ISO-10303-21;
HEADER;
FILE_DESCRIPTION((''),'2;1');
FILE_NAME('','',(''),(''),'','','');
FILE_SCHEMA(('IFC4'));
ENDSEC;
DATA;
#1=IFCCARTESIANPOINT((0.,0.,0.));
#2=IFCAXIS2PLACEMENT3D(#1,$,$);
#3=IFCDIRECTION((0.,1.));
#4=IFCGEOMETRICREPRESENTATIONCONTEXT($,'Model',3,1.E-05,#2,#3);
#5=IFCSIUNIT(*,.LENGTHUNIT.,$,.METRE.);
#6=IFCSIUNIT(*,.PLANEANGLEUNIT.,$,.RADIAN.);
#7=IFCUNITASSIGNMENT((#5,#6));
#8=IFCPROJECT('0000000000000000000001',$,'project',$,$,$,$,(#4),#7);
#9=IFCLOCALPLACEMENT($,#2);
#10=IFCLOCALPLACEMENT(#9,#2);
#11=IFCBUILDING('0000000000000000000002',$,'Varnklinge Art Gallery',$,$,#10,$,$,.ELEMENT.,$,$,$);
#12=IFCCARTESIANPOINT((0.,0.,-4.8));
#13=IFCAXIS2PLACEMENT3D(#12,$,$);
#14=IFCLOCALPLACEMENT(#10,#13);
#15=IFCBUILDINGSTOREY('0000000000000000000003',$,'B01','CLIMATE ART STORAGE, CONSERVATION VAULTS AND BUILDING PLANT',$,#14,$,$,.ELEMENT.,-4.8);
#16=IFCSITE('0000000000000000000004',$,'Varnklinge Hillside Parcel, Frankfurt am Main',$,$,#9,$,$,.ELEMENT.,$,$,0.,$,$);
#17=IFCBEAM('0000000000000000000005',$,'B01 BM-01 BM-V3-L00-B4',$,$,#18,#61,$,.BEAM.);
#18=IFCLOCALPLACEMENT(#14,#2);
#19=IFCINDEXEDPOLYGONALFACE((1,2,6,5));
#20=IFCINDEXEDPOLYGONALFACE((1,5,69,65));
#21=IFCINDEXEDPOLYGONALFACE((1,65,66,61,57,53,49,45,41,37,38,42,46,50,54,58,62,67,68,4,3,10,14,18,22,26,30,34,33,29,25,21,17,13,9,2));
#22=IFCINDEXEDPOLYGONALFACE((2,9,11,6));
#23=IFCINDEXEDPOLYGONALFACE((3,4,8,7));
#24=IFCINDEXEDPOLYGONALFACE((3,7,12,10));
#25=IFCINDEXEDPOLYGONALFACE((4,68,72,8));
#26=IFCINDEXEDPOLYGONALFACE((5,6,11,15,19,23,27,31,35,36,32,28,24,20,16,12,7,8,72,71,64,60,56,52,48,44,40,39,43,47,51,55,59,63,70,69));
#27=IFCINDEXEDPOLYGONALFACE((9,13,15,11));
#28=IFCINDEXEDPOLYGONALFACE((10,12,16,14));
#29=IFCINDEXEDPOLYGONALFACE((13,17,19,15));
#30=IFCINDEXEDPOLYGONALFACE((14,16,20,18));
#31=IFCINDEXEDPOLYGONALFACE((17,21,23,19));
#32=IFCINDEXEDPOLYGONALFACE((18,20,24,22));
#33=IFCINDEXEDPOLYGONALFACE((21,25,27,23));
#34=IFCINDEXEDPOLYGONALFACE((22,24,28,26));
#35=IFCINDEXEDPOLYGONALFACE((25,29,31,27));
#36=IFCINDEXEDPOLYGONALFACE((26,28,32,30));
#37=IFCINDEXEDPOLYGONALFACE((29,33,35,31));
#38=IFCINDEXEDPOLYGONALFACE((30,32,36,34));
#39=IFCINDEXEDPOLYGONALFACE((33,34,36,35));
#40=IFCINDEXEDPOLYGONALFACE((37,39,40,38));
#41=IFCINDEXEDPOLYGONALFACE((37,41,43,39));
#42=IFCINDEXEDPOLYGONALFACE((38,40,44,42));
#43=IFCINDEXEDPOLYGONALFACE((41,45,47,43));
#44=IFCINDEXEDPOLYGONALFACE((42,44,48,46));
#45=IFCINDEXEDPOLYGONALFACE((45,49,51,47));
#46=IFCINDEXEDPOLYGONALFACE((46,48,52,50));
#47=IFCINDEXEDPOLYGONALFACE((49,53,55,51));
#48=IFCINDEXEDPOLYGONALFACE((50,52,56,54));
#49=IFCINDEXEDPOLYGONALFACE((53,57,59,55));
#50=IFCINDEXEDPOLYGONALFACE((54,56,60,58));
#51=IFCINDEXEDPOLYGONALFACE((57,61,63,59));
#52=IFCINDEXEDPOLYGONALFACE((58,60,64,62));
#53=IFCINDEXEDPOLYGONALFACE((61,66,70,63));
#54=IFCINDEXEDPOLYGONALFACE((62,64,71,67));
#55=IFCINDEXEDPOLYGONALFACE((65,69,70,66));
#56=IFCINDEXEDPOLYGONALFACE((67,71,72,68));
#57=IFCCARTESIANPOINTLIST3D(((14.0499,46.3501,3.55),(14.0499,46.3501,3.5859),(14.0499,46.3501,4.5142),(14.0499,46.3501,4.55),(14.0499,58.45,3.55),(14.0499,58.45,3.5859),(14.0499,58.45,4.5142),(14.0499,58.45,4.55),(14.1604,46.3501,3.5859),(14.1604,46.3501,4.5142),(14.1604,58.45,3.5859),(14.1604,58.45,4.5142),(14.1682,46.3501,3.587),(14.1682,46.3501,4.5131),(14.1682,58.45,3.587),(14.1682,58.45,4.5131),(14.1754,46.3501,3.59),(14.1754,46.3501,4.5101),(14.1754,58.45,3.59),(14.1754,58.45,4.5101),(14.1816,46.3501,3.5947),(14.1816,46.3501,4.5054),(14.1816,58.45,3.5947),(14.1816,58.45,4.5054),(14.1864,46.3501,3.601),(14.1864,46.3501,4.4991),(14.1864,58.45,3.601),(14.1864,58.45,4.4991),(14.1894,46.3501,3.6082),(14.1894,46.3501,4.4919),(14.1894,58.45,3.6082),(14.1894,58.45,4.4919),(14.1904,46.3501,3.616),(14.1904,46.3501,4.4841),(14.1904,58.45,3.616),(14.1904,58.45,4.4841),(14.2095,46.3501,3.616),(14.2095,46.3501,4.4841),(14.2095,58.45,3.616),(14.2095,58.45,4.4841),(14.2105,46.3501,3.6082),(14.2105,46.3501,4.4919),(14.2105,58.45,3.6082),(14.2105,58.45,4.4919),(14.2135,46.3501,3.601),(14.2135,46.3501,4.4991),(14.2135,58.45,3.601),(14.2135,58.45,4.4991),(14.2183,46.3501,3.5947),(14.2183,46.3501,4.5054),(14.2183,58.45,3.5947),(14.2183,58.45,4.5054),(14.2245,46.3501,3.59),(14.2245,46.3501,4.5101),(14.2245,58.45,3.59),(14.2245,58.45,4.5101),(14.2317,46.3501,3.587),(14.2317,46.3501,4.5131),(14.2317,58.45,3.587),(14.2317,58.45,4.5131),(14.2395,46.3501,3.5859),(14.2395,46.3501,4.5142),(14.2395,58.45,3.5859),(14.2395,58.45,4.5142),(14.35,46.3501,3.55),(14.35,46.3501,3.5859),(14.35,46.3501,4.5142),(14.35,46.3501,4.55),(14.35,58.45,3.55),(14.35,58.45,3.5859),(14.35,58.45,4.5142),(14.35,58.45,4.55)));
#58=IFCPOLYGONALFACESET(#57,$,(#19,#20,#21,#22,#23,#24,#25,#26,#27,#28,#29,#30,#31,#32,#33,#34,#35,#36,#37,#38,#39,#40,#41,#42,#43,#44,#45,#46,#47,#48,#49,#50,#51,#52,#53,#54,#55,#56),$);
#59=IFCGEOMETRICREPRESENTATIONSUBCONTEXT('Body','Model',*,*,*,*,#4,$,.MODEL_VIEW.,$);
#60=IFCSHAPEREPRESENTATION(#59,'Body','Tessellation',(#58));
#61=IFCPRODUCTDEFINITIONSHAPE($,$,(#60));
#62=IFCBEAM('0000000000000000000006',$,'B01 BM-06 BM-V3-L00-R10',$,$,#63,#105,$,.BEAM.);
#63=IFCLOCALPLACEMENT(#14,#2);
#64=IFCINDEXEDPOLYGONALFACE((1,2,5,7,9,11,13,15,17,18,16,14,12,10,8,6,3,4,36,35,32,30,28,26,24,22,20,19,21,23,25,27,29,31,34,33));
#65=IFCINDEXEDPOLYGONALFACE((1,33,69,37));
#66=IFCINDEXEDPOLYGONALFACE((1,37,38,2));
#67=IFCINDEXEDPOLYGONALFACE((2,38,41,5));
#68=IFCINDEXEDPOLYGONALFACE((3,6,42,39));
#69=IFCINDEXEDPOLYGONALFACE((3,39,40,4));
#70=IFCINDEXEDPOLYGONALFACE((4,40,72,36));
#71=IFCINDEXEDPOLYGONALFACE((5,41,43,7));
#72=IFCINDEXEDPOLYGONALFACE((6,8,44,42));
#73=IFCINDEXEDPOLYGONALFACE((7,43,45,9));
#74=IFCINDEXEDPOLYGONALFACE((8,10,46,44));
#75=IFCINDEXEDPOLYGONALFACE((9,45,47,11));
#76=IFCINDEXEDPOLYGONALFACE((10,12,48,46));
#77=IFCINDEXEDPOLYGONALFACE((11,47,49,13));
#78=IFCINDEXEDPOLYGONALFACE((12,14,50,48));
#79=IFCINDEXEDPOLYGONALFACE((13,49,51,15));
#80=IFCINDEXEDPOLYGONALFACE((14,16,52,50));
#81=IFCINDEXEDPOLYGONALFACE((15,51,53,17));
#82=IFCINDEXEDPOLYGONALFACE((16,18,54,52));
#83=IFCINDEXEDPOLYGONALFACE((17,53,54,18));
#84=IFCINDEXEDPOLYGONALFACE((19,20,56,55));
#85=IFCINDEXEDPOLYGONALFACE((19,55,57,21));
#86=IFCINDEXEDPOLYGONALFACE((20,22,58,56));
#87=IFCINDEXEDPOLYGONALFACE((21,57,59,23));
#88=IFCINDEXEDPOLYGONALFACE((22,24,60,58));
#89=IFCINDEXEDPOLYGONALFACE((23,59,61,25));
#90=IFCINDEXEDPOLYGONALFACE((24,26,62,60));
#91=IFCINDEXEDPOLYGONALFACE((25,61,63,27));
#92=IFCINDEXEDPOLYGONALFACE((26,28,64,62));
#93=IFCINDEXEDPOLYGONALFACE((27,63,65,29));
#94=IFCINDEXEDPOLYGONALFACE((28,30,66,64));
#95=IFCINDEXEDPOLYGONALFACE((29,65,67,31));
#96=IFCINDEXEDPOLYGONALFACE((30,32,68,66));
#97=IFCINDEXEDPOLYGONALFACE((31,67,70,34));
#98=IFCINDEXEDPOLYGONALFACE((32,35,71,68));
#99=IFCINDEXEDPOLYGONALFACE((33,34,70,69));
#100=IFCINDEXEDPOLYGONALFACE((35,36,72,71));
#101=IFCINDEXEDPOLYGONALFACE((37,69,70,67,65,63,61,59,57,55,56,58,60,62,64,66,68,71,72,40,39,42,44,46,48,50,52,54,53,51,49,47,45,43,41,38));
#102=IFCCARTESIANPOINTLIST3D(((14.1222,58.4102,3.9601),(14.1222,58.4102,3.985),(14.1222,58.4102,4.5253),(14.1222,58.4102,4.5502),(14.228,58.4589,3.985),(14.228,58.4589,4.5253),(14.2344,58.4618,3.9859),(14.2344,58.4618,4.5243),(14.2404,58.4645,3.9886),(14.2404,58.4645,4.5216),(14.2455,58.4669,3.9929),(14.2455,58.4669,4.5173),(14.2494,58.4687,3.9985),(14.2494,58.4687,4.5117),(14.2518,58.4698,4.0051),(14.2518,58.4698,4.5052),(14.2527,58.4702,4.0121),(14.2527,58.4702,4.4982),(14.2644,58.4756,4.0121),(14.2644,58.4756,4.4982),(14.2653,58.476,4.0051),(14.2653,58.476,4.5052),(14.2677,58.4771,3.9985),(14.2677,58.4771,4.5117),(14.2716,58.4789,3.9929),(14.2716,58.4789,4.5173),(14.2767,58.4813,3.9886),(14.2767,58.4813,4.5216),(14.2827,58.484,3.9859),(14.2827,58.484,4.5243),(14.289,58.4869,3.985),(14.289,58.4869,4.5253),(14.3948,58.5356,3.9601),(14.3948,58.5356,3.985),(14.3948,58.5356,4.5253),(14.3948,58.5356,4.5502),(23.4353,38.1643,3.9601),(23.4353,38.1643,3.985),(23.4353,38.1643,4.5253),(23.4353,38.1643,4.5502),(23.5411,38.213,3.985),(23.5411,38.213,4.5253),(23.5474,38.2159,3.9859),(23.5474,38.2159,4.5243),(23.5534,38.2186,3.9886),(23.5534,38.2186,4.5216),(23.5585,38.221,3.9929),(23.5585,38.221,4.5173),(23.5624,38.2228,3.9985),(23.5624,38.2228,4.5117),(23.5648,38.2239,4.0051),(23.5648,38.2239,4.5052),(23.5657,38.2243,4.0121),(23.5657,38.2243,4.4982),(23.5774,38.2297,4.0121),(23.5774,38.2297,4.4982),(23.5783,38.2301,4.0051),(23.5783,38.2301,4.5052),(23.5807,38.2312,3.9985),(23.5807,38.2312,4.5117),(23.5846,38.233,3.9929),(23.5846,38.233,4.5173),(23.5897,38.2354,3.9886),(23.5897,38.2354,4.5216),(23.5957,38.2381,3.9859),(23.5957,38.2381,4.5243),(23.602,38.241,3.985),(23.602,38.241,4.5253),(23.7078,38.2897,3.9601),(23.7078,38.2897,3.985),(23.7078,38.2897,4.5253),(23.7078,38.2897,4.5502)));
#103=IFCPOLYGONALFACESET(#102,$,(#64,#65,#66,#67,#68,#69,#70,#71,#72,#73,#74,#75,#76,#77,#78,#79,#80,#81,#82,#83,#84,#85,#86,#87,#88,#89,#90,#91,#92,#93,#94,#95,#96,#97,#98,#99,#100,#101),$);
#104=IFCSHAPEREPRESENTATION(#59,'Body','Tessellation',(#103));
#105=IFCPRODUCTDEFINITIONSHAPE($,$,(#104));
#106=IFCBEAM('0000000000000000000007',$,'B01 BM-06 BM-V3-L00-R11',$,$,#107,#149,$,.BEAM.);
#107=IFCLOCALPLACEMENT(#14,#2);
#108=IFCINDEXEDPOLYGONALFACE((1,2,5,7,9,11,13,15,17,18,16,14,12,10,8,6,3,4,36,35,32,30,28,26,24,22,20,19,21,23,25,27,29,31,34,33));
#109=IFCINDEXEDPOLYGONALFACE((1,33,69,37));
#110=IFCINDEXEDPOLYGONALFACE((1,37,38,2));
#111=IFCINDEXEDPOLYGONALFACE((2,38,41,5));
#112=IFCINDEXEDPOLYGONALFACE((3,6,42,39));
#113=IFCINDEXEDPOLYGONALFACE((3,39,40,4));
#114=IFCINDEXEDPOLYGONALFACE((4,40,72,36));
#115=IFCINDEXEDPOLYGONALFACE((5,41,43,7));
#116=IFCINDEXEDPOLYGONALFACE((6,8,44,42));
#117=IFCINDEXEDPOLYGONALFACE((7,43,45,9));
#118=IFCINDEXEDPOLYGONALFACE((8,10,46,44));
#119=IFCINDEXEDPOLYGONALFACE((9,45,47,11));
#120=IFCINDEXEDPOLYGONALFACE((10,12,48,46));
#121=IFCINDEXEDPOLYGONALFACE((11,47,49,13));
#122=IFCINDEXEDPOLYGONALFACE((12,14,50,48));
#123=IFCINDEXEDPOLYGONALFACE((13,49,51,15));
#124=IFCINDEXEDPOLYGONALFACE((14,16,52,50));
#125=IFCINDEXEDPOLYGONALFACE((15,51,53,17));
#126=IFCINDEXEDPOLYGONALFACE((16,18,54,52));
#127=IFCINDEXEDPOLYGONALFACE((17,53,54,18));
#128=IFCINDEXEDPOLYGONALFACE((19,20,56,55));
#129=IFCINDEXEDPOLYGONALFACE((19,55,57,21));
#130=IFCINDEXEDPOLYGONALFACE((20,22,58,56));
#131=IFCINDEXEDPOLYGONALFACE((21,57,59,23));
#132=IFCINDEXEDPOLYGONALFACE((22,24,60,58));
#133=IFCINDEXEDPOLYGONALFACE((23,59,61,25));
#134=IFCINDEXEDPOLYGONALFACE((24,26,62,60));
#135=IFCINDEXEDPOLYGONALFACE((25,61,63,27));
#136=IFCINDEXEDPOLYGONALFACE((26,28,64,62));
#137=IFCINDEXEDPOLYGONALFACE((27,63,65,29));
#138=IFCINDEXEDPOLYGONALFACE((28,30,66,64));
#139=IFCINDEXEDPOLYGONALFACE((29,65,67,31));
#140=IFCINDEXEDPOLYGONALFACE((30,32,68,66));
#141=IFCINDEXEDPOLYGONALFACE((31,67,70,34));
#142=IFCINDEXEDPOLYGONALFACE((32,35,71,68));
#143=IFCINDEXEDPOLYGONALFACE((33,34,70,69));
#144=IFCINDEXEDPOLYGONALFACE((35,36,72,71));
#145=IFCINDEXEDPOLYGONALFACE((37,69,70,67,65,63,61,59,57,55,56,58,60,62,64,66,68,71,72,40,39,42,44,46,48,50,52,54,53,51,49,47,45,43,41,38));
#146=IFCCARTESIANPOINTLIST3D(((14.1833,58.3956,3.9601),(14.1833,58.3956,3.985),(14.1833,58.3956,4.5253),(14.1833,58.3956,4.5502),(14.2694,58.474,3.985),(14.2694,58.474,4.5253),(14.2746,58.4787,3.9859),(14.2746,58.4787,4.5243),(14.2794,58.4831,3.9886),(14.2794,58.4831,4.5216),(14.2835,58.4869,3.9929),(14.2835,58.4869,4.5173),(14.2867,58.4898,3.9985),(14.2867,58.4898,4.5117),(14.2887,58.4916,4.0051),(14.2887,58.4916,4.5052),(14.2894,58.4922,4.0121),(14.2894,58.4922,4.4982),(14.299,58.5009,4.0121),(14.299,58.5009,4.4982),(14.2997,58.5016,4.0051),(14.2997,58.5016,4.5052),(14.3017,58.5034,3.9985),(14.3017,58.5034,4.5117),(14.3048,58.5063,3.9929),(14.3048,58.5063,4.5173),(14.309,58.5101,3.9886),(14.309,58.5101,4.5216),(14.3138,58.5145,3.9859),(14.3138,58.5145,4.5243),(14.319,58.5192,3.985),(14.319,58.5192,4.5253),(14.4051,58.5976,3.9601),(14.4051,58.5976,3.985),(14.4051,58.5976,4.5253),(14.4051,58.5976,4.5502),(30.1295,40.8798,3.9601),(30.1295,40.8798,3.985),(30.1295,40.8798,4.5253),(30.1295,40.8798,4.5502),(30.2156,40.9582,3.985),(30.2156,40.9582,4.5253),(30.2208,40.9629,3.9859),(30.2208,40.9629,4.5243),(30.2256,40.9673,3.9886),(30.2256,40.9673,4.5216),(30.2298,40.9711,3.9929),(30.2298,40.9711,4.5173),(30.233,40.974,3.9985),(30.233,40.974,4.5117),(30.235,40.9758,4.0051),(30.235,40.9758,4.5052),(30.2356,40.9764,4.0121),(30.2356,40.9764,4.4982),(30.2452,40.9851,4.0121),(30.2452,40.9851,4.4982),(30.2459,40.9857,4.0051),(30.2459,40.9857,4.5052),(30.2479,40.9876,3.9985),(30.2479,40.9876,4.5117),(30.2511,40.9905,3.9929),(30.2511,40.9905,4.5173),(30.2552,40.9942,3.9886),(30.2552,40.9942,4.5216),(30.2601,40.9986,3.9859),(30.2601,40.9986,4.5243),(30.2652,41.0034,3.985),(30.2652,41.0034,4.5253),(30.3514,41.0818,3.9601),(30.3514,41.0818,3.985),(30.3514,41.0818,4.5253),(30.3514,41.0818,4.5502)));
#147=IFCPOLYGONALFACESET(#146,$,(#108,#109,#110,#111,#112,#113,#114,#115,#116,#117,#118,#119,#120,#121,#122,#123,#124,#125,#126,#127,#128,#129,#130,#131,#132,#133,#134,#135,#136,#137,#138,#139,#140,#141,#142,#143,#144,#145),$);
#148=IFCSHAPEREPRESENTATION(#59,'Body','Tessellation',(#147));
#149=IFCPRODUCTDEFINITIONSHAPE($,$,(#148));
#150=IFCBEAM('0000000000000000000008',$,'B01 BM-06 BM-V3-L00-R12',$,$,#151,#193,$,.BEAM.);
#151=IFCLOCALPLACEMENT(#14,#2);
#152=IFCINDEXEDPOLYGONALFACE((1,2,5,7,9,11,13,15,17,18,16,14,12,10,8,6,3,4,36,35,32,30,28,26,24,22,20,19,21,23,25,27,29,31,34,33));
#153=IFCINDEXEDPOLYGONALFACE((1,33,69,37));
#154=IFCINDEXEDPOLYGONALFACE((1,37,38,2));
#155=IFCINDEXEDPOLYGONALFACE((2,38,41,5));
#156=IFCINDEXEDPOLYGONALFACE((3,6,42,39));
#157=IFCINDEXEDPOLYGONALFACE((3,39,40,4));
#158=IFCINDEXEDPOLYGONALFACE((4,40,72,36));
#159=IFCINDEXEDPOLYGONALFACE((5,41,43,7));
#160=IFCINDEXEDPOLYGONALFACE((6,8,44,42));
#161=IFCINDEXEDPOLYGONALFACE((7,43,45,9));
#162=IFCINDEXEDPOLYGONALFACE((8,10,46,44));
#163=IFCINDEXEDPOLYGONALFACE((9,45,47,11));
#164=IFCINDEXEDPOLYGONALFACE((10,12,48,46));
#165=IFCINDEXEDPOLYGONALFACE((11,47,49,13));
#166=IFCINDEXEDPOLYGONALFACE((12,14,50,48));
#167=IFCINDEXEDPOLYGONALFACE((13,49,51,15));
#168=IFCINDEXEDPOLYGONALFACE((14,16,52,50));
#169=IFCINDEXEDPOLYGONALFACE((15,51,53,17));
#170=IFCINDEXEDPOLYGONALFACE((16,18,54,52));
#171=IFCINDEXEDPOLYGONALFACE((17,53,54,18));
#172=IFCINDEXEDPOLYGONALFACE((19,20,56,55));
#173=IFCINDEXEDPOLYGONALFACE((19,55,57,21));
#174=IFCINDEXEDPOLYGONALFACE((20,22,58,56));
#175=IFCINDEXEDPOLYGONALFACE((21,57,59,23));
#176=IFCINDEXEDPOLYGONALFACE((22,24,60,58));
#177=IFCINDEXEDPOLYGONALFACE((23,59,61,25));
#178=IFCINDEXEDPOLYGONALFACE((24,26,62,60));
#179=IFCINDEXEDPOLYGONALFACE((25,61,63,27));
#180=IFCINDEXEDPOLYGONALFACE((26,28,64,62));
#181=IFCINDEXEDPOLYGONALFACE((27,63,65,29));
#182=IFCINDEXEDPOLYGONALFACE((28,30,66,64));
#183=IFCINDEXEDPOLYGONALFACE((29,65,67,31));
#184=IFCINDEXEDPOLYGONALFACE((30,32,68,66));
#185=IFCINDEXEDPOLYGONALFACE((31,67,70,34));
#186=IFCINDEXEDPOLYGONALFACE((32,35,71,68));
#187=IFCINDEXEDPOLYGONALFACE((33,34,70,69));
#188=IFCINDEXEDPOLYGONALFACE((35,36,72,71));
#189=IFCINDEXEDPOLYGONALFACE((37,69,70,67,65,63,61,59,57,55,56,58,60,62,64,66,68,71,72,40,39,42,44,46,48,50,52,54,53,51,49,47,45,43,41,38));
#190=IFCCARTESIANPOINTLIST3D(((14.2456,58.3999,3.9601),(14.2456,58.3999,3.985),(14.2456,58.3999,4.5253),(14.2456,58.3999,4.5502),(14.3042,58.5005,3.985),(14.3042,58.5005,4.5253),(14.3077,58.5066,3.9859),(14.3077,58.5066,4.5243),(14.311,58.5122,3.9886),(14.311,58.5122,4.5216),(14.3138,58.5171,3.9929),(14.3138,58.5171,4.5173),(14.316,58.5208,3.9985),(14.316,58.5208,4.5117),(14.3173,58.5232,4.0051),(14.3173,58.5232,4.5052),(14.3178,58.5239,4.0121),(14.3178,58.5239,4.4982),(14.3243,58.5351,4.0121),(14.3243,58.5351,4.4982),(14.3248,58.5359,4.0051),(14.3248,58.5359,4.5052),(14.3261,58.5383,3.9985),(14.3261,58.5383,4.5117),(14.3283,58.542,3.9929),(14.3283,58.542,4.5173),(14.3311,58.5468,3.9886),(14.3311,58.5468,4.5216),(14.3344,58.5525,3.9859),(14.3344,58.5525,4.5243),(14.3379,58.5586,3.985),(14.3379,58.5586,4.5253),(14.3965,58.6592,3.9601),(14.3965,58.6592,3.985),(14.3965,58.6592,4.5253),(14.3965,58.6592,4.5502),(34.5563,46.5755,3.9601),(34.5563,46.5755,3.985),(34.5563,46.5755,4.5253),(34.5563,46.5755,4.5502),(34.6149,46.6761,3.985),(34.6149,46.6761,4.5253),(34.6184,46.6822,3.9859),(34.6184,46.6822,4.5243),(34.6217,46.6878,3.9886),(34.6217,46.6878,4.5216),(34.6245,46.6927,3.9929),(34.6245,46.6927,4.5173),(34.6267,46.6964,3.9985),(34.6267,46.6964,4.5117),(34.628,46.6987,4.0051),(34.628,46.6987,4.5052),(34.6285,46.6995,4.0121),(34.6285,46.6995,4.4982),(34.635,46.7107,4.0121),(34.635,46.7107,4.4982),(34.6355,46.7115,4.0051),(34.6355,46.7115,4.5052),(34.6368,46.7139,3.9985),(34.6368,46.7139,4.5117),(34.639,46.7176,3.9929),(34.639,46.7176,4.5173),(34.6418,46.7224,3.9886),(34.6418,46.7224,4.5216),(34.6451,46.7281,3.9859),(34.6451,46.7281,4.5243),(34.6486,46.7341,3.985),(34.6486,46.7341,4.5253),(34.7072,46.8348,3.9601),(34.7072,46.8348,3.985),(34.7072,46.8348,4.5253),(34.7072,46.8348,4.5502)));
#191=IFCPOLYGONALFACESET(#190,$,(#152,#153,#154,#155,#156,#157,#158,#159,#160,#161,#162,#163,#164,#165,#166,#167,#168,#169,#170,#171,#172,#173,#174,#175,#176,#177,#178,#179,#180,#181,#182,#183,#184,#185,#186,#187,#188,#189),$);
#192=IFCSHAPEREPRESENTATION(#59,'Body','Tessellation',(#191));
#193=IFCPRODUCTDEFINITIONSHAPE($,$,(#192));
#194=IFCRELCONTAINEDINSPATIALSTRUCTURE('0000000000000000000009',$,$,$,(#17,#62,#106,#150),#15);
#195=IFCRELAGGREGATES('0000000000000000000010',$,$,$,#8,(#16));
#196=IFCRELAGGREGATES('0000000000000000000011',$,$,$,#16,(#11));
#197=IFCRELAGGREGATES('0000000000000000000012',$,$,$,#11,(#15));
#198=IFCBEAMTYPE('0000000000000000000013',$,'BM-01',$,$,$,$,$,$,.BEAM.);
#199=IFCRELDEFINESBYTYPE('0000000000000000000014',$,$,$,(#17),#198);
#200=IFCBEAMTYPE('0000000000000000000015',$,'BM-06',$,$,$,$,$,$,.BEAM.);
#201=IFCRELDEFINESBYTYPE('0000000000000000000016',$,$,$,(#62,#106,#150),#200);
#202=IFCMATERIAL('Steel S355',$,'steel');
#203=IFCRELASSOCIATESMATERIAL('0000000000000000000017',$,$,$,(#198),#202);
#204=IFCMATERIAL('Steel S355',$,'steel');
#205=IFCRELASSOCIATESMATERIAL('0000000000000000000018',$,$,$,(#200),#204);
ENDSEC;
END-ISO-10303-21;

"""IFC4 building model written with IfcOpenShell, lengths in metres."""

from ifc_helpers import new_model, si_unit, direction, frame, origin, origin_2d, place, context, subcontext, project, spatial, i_section, extrude, material, material_profile, profile_set, type_object, element, save


model = new_model("IFC4")

# Units and contexts
model_context = context("Model", 3, precision=1e-05, world=origin(), true_north=direction((0.0, 1.0)))
body_context = subcontext(model_context, "Body", "Model", "MODEL_VIEW")
ifc_project = project(units=[si_unit("LENGTHUNIT", "METRE"), si_unit("PLANEANGLEUNIT", "RADIAN")], contexts=[model_context])

# Site, building, storey
site_placement = place(None, origin())
site = spatial("IfcSite", under=ifc_project, at=site_placement, Name="Varnklinge Hillside Parcel, Frankfurt am Main", CompositionType="ELEMENT", RefElevation=0.0)
building_placement = place(site_placement, origin())
building = spatial("IfcBuilding", under=site, at=building_placement, Name="Varnklinge Art Gallery", CompositionType="ELEMENT")
storey_placement = place(building_placement, frame((0.0, 0.0, -4.8)))
storey = spatial("IfcBuildingStorey", under=building, at=storey_placement, Name="B01", Description="CLIMATE ART STORAGE, CONSERVATION VAULTS AND BUILDING PLANT", CompositionType="ELEMENT", Elevation=-4.8)

# Beams
ifc_material_1 = material(Name="Steel S355", Category="steel")
ifc_material_profile_1 = material_profile(ifc_material_1, i_section(OverallWidth=0.3, OverallDepth=1.0, WebThickness=0.019, FlangeThickness=0.0359, FilletRadius=0.03, at=origin_2d()), Name="HEB 1000")
ifc_profile_set_1 = profile_set([ifc_material_profile_1], Name="Steel S355")
beam_type_1 = type_object("IfcBeamType", Name="BM-01", PredefinedType="BEAM", material=ifc_profile_set_1)
beam_1_placement = place(storey_placement, frame((14.2, 58.45, 4.05), z_axis=(0.0, -1.0, 0.0), x_axis=(1.0, 0.0, 0.0)))
element("IfcBeam", 1, at=beam_1_placement, inside=storey, type_object=beam_type_1, Name="B01 BM-01 BM-V3-L00-B4", PredefinedType="BEAM", context=body_context, shape_type="SweptSolid", body=[
    extrude(i_section(OverallWidth=0.3, OverallDepth=1.0, WebThickness=0.019, FlangeThickness=0.0359, FilletRadius=0.03, at=origin_2d()), origin(), (0.0, 0.0, 1.0), 12.0999),
])
ifc_material_2 = material(Name="Steel S355", Category="steel")
ifc_material_profile_2 = material_profile(ifc_material_2, i_section(OverallWidth=0.3, OverallDepth=0.5901, WebThickness=0.0129, FlangeThickness=0.0249, FilletRadius=0.0271, at=origin_2d()), Name="HEA 600")
ifc_profile_set_2 = profile_set([ifc_material_profile_2], Name="Steel S355")
beam_type_2 = type_object("IfcBeamType", Name="BM-06", PredefinedType="BEAM", material=ifc_profile_set_2)
beam_2_placement = place(storey_placement, frame((14.2585, 58.4729, 4.2551), z_axis=(0.417902, -0.908492, 0.0), x_axis=(0.908492, 0.417902, 0.0)))
element("IfcBeam", 2, at=beam_2_placement, inside=storey, type_object=beam_type_2, Name="B01 BM-06 BM-V3-L00-R10", PredefinedType="BEAM", context=body_context, shape_type="SweptSolid", body=[
    extrude(i_section(OverallWidth=0.3, OverallDepth=0.5901, WebThickness=0.0129, FlangeThickness=0.0249, FilletRadius=0.0271, at=origin_2d()), origin(), (0.0, 0.0, 1.0), 22.2852),
])
beam_3_placement = place(storey_placement, frame((14.2942, 58.4966, 4.2551), z_axis=(0.673199, -0.739461, 0.0), x_axis=(0.739461, 0.673199, 0.0)))
element("IfcBeam", 3, at=beam_3_placement, inside=storey, type_object=beam_type_2, Name="B01 BM-06 BM-V3-L00-R11", PredefinedType="BEAM", context=body_context, shape_type="SweptSolid", body=[
    extrude(i_section(OverallWidth=0.3, OverallDepth=0.5901, WebThickness=0.0129, FlangeThickness=0.0249, FilletRadius=0.0271, at=origin_2d()), origin(), (0.0, 0.0, 1.0), 23.6873),
])
beam_4_placement = place(storey_placement, frame((14.321, 58.5295, 4.2551), z_axis=(0.864214, -0.503125, 0.0), x_axis=(0.503125, 0.864214, 0.0)))
element("IfcBeam", 4, at=beam_4_placement, inside=storey, type_object=beam_type_2, Name="B01 BM-06 BM-V3-L00-R12", PredefinedType="BEAM", context=body_context, shape_type="SweptSolid", body=[
    extrude(i_section(OverallWidth=0.3, OverallDepth=0.5901, WebThickness=0.0129, FlangeThickness=0.0249, FilletRadius=0.0271, at=origin_2d()), origin(), (0.0, 0.0, 1.0), 23.502),
])

save(model, "model.ifc")
